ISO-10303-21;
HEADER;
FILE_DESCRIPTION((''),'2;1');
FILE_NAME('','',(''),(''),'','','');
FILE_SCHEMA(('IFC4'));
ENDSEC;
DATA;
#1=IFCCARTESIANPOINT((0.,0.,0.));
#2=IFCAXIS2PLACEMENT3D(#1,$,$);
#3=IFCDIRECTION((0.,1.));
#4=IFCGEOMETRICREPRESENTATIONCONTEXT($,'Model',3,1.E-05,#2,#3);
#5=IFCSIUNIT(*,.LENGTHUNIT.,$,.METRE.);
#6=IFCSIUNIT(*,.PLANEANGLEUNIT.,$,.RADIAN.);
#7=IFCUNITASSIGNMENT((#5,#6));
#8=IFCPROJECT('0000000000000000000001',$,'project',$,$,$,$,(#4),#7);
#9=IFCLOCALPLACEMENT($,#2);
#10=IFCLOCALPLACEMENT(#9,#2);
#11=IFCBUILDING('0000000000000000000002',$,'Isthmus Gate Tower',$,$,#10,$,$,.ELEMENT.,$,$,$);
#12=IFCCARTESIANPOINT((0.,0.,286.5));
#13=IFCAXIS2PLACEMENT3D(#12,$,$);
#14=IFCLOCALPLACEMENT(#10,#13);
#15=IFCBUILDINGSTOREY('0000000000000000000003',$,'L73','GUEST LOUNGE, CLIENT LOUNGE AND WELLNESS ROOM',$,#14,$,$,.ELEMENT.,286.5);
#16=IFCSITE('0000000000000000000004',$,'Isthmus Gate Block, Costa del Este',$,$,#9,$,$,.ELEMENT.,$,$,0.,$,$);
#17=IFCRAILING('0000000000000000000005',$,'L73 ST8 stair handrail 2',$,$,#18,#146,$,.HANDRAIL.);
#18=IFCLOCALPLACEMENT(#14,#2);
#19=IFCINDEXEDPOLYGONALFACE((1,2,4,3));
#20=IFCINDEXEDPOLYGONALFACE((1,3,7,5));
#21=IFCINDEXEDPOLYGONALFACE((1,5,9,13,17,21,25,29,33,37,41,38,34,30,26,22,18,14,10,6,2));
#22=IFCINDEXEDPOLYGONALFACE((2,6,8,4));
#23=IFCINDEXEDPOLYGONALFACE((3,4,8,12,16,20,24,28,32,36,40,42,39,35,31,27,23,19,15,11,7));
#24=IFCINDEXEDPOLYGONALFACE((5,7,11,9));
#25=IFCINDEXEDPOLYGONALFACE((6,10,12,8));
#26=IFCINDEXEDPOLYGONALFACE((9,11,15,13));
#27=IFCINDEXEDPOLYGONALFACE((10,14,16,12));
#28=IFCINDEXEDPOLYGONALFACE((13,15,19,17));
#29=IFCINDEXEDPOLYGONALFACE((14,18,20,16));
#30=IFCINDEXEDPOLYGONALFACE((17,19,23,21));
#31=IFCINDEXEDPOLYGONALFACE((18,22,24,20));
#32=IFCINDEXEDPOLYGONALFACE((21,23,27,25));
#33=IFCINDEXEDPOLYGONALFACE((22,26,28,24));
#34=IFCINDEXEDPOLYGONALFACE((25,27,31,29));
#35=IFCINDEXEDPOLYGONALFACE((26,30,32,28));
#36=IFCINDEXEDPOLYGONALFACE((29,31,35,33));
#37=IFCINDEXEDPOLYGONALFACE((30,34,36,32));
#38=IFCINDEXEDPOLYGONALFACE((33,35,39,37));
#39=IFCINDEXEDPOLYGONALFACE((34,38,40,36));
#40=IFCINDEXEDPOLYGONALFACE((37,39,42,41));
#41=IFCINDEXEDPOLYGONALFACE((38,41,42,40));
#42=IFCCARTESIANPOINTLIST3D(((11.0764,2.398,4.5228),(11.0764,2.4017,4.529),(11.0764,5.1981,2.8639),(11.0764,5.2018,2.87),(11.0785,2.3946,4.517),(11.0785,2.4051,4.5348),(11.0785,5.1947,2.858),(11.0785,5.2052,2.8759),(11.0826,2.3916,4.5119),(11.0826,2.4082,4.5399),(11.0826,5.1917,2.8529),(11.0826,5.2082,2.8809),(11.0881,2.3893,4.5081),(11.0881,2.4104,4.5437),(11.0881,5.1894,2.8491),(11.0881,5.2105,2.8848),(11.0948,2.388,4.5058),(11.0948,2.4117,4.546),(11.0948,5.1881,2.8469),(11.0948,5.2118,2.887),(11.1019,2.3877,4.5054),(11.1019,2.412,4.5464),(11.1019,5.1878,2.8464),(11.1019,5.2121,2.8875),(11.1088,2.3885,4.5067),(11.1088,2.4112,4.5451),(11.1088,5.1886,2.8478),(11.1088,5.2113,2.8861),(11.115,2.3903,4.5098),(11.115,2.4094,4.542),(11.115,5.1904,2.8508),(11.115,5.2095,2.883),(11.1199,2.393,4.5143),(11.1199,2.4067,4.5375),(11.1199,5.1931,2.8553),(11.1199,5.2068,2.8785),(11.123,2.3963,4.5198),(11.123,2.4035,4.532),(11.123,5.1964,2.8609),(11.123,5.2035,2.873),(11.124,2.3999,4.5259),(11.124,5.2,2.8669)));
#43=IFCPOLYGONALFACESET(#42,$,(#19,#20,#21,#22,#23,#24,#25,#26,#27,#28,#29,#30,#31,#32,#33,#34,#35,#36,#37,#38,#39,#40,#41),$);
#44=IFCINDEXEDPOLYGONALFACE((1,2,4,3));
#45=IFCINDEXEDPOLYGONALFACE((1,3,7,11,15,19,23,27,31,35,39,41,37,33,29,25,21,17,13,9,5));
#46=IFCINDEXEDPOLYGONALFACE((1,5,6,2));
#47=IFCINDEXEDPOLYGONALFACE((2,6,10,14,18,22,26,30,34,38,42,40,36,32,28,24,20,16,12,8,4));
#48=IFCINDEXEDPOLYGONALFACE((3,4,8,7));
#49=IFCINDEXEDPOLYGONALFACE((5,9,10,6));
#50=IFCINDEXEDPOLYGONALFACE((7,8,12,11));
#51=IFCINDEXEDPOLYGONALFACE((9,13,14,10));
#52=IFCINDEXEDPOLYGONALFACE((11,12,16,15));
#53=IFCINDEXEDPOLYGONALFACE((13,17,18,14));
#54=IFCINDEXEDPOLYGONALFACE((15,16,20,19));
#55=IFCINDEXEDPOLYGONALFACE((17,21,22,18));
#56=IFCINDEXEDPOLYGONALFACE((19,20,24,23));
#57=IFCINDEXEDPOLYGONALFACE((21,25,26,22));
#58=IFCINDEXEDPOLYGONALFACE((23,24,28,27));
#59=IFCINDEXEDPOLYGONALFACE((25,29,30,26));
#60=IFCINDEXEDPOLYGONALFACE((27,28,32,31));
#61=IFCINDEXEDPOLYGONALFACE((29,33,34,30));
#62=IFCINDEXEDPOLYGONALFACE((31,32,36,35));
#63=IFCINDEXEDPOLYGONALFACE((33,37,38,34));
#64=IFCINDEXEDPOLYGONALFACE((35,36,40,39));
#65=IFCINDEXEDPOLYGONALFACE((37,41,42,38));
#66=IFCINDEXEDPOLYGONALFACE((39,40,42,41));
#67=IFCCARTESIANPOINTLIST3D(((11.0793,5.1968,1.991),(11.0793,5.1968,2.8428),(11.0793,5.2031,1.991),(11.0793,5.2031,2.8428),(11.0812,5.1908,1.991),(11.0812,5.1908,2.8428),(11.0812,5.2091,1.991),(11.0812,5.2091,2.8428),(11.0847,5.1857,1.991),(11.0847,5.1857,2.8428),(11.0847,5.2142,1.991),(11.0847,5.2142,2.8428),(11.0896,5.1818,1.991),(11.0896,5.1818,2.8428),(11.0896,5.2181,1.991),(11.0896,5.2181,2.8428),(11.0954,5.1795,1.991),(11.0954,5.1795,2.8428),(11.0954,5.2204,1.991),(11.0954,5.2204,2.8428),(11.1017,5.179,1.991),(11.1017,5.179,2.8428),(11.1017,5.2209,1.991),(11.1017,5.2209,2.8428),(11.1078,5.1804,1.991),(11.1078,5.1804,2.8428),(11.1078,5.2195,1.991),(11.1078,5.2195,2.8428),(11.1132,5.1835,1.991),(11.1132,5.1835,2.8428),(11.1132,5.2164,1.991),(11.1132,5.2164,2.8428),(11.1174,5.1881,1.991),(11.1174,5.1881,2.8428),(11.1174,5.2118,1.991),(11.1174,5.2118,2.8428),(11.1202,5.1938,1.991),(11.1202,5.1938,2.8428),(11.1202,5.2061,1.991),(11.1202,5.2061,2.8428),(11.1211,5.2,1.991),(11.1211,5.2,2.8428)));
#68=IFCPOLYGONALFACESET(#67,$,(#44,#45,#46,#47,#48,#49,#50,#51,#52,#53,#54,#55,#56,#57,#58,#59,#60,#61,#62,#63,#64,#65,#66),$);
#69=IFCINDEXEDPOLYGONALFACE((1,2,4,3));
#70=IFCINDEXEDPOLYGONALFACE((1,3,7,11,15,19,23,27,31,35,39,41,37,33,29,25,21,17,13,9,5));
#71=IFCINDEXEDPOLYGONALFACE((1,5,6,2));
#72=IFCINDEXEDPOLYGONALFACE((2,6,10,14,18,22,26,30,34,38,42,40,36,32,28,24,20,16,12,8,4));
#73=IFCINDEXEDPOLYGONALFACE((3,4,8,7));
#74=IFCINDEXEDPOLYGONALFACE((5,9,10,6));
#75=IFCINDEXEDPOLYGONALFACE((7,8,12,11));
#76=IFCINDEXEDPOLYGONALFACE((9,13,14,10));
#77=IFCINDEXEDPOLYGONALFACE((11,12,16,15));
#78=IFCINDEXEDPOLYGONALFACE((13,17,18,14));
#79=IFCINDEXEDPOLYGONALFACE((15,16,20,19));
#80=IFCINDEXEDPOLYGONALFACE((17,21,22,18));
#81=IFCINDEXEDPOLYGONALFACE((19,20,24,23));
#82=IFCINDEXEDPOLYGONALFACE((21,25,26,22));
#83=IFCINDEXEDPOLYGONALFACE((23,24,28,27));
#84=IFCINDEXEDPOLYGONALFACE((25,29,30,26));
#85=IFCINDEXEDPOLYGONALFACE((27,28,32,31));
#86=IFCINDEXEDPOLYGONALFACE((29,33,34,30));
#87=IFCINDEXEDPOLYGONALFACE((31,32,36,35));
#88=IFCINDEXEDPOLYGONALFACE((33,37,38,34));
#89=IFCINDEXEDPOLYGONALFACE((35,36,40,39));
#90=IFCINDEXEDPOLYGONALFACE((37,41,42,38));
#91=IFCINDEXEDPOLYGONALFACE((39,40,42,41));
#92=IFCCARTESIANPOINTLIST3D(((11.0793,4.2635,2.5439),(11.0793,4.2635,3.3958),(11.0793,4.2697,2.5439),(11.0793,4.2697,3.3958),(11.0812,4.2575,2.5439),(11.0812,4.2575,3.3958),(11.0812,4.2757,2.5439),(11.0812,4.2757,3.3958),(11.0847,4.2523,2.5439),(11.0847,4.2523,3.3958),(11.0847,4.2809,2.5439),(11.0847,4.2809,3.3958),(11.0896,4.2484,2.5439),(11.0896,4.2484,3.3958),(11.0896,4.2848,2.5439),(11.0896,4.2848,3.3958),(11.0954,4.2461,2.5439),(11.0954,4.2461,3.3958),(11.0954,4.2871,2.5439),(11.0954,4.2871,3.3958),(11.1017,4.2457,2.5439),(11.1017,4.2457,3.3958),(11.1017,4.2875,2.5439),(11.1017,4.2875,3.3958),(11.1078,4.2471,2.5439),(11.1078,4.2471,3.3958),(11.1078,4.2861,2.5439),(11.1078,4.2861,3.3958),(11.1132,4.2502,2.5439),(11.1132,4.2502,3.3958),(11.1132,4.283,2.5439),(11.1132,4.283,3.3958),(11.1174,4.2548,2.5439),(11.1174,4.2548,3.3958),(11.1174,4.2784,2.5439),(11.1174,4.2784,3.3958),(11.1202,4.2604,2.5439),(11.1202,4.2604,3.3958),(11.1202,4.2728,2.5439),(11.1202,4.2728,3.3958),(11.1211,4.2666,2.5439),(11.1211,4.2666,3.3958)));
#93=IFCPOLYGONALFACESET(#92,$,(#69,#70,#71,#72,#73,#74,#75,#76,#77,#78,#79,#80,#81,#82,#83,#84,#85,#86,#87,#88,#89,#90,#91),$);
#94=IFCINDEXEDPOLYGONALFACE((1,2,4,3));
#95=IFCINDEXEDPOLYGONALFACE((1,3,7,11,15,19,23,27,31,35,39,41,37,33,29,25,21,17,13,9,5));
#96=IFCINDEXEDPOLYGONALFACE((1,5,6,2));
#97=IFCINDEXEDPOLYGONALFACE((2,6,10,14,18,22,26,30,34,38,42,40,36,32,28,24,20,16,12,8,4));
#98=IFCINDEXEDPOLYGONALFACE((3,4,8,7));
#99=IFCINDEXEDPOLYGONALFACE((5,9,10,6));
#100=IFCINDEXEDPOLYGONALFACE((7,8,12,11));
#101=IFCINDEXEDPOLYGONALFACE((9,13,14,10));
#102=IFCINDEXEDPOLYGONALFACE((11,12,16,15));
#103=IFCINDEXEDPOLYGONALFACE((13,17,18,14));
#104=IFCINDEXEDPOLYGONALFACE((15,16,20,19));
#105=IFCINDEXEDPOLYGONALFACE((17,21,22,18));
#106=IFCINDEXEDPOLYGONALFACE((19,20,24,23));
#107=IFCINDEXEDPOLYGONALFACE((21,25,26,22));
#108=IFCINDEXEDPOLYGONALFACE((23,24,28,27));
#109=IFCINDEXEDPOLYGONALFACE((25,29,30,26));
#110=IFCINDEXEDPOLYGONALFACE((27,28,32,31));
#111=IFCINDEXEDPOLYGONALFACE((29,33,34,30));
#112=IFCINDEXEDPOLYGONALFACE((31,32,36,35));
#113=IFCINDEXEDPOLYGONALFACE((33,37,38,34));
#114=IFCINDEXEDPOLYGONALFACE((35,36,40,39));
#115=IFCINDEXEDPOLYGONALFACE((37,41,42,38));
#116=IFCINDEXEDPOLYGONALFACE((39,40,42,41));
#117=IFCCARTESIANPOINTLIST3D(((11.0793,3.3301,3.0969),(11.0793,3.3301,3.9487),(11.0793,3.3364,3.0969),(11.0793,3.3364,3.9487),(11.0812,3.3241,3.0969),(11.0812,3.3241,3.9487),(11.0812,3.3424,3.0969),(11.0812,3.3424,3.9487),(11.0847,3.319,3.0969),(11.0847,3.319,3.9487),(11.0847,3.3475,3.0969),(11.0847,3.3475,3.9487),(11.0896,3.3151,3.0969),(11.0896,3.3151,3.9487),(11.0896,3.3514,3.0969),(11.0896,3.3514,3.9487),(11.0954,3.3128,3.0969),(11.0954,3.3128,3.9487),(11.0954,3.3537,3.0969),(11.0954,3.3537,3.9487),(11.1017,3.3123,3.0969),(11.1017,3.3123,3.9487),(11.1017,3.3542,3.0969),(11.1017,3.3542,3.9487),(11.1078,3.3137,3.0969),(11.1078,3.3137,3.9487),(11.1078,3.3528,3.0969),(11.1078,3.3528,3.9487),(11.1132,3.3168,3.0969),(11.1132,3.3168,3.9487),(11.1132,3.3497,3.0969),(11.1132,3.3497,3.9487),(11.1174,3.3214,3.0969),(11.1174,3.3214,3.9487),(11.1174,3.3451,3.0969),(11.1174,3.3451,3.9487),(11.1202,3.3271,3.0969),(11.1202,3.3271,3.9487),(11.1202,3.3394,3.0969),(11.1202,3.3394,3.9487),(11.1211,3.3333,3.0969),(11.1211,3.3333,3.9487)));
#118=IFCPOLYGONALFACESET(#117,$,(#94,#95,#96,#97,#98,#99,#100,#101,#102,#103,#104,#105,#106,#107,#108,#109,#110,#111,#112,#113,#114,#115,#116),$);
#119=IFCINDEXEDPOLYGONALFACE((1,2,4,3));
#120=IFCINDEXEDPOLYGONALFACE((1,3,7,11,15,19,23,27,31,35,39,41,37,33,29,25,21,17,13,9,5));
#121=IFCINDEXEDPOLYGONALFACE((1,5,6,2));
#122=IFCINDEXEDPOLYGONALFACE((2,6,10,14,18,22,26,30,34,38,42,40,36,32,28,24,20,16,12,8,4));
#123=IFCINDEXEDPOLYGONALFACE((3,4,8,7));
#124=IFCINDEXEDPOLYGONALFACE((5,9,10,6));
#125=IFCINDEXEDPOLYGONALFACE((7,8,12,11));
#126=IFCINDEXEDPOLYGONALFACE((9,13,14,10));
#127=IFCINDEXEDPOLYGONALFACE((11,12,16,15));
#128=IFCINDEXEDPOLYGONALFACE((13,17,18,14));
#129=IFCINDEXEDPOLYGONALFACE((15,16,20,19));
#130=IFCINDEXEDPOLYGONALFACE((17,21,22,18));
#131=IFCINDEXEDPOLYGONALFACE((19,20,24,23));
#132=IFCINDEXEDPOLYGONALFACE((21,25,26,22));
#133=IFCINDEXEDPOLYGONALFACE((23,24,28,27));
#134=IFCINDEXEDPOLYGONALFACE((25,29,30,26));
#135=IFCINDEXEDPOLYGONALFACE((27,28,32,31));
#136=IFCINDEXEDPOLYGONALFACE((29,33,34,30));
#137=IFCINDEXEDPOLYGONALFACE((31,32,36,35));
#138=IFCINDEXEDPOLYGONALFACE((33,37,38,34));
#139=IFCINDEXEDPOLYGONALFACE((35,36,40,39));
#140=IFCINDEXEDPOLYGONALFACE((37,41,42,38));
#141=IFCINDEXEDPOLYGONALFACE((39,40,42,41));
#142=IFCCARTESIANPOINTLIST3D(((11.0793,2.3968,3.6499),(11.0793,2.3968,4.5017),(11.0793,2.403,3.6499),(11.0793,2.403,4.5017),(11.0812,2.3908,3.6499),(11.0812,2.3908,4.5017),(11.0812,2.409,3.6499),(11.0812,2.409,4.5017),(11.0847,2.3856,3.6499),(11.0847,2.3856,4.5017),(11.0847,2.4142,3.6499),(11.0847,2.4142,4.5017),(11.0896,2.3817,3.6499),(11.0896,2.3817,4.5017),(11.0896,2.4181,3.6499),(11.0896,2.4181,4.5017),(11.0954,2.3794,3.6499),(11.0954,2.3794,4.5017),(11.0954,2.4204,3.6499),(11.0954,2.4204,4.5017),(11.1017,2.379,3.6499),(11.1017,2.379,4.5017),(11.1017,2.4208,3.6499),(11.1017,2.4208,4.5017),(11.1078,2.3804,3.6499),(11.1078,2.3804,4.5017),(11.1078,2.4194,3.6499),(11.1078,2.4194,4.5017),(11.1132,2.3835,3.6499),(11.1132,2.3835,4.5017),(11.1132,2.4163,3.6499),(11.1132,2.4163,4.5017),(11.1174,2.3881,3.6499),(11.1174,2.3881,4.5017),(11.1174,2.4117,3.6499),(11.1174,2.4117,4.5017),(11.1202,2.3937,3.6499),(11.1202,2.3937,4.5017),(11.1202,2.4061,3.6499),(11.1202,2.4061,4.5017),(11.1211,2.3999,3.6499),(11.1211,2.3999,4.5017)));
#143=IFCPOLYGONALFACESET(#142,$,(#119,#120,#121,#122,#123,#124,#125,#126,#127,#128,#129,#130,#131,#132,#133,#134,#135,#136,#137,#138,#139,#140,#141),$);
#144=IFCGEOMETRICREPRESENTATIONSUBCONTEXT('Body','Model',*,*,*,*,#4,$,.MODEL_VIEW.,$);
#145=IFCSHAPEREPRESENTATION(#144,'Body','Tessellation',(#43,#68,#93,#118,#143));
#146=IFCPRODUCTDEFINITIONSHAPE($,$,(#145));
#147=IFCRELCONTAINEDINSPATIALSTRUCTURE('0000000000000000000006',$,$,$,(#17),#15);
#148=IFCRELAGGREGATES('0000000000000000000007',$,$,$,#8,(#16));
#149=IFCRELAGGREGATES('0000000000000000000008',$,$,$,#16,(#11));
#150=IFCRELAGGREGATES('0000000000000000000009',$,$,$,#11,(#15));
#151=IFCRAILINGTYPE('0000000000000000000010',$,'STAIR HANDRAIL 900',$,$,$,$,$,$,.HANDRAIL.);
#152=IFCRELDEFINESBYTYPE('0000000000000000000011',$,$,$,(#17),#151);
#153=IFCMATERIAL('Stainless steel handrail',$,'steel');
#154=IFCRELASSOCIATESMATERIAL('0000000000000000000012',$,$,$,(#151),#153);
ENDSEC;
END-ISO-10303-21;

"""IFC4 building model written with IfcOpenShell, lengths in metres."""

from ifc_helpers import new_model, si_unit, direction, frame, origin, origin_2d, place, context, subcontext, project, spatial, circle, extrude, material, type_object, element, save


model = new_model("IFC4")

# Units and contexts
model_context = context("Model", 3, precision=1e-05, world=origin(), true_north=direction((0.0, 1.0)))
body_context = subcontext(model_context, "Body", "Model", "MODEL_VIEW")
ifc_project = project(units=[si_unit("LENGTHUNIT", "METRE"), si_unit("PLANEANGLEUNIT", "RADIAN")], contexts=[model_context])

# Site, building, storey
site_placement = place(None, origin())
site = spatial("IfcSite", under=ifc_project, at=site_placement, Name="Isthmus Gate Block, Costa del Este", CompositionType="ELEMENT", RefElevation=0.0)
building_placement = place(site_placement, origin())
building = spatial("IfcBuilding", under=site, at=building_placement, Name="Isthmus Gate Tower", CompositionType="ELEMENT")
storey_placement = place(building_placement, frame((0.0, 0.0, 286.5)))
storey = spatial("IfcBuildingStorey", under=building, at=storey_placement, Name="L73", Description="GUEST LOUNGE, CLIENT LOUNGE AND WELLNESS ROOM", CompositionType="ELEMENT", Elevation=286.5)

# Railing
ifc_material_1 = material(Name="Stainless steel handrail", Category="steel")
railing_type_1 = type_object("IfcRailingType", Name="STAIR HANDRAIL 900", PredefinedType="HANDRAIL", material=ifc_material_1)
railing_1_placement = place(storey_placement, frame((11.1001, 5.2, 1.991)))
element("IfcRailing", 1, at=railing_1_placement, inside=storey, type_object=railing_type_1, Name="L73 ST8 stair handrail 2", PredefinedType="HANDRAIL", context=body_context, shape_type="SweptSolid", body=[
    extrude(circle(Radius=0.0239, at=origin_2d()), frame((0.0, 0.0, 0.876), z_axis=(0.0, -0.860339, 0.509722), x_axis=(1.0, 0.0, 0.0)), (0.0, 0.0, 1.0), 3.2546),
    extrude(circle(Radius=0.021, at=origin_2d()), origin(), (0.0, 0.0, 1.0), 0.8518),
    extrude(circle(Radius=0.021, at=origin_2d()), frame((0.0, -0.9333, 0.553)), (0.0, 0.0, 1.0), 0.8518),
    extrude(circle(Radius=0.021, at=origin_2d()), frame((0.0, -1.8667, 1.106)), (0.0, 0.0, 1.0), 0.8518),
    extrude(circle(Radius=0.021, at=origin_2d()), frame((0.0, -2.8, 1.6589)), (0.0, 0.0, 1.0), 0.8518),
])

save(model, "model.ifc")
